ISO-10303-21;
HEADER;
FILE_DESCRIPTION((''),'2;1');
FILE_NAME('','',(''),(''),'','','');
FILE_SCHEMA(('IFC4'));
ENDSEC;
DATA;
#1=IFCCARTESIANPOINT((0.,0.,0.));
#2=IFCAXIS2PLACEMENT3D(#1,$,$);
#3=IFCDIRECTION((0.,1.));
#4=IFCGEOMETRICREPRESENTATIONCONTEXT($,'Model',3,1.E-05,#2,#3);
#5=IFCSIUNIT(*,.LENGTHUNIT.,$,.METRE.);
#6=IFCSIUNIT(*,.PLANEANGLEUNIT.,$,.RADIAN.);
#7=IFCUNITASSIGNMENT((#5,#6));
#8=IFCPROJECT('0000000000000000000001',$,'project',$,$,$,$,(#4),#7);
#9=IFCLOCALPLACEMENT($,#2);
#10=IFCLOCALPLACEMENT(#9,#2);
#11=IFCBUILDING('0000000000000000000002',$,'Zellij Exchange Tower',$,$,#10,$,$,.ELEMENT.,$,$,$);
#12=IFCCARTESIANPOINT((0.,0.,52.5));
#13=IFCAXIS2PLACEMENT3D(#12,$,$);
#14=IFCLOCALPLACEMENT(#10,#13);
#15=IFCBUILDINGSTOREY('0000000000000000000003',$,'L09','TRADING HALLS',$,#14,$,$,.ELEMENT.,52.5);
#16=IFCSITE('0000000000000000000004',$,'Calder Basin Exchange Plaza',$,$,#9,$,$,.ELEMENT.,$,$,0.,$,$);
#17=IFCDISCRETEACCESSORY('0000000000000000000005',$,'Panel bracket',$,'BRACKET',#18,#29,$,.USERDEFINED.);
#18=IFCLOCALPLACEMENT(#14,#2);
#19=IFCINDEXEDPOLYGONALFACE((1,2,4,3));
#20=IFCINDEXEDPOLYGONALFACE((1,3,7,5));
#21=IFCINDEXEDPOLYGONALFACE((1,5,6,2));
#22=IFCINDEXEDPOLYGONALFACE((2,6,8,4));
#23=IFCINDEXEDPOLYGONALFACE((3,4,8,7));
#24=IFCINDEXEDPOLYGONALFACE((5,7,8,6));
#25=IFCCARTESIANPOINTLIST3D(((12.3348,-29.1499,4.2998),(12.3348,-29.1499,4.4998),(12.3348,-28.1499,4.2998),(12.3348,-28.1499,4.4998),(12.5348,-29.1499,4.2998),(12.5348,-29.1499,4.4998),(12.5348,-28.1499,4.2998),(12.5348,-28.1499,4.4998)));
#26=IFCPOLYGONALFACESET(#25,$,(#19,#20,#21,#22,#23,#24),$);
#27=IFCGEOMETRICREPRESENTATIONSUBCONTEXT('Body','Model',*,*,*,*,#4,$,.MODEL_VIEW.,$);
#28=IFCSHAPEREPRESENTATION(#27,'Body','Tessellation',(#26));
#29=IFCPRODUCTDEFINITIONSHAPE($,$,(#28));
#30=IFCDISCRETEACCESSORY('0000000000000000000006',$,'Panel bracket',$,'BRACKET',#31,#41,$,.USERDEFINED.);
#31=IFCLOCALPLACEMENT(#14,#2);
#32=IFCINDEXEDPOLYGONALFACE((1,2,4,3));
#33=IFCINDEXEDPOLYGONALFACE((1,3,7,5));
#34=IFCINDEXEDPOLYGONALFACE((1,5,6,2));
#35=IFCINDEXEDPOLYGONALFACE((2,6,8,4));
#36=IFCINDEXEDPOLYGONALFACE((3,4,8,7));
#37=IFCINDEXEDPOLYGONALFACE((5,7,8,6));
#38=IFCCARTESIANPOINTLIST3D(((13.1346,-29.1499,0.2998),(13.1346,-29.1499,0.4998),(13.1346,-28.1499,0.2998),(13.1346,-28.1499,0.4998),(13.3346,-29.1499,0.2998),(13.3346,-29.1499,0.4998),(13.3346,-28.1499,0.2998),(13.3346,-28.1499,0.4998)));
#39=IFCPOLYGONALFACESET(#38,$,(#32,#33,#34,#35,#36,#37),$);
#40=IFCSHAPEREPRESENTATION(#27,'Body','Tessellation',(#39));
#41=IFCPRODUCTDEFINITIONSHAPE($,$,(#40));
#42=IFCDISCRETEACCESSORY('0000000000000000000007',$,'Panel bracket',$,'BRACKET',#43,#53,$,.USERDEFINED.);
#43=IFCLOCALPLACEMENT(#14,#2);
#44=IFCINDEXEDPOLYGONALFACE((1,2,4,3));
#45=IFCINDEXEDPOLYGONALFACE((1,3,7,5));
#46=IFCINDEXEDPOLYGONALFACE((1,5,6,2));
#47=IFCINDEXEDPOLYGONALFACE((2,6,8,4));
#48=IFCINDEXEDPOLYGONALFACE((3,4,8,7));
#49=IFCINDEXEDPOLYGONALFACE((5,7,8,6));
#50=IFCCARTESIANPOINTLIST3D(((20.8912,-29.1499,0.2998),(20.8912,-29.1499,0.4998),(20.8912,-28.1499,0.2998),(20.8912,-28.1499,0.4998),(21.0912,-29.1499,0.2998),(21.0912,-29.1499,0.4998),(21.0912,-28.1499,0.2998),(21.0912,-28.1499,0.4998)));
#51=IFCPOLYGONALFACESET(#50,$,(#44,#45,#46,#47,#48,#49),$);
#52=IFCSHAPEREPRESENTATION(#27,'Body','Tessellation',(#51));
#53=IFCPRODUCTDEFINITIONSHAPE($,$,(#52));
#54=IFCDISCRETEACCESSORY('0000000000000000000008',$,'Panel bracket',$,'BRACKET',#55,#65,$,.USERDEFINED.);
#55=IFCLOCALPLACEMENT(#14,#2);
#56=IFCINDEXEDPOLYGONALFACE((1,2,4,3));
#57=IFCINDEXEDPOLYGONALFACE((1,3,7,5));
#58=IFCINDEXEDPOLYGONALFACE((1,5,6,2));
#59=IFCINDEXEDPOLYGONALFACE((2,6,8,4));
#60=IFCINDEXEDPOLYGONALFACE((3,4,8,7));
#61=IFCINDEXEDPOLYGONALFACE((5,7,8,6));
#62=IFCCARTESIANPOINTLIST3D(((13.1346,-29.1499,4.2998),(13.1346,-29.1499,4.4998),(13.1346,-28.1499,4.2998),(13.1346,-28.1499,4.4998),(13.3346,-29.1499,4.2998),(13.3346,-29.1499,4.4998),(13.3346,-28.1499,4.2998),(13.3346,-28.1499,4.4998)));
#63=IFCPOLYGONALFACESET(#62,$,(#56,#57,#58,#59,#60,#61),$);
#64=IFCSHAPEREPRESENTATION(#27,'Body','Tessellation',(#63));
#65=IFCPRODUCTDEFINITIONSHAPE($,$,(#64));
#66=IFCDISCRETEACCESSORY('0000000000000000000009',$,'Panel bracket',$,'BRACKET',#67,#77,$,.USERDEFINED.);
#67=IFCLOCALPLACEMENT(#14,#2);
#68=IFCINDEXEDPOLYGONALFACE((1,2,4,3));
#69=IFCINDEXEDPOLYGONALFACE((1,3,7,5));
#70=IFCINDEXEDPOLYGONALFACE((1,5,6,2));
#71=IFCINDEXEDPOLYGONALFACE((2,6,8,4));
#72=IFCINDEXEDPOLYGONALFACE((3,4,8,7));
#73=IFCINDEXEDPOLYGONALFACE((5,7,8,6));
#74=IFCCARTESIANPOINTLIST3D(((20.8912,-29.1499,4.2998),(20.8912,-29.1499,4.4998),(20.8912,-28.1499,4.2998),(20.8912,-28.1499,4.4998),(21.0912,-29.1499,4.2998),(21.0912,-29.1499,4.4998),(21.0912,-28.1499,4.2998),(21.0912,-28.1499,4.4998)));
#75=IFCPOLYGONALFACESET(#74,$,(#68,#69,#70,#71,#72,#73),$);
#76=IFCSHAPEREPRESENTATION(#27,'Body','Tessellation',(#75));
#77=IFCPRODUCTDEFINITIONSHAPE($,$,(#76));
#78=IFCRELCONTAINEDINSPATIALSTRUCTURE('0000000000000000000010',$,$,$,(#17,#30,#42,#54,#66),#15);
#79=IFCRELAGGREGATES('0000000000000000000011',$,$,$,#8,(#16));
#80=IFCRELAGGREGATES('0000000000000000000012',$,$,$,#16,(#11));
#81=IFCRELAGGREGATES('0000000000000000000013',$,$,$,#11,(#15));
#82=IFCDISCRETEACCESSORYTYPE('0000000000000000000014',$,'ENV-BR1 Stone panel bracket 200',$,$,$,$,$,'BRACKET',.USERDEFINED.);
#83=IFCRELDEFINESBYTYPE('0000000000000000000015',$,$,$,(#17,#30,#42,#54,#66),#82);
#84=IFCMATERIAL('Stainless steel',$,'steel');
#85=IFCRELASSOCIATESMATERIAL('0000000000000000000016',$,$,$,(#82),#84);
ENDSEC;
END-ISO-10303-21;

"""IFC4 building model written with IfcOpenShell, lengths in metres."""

from ifc_helpers import new_model, si_unit, direction, frame, origin, origin_2d, place, context, subcontext, project, spatial, rectangle, extrude, material, type_object, element, save


model = new_model("IFC4")

# Units and contexts
model_context = context("Model", 3, precision=1e-05, world=origin(), true_north=direction((0.0, 1.0)))
body_context = subcontext(model_context, "Body", "Model", "MODEL_VIEW")
ifc_project = project(units=[si_unit("LENGTHUNIT", "METRE"), si_unit("PLANEANGLEUNIT", "RADIAN")], contexts=[model_context])

# Site, building, storey
site_placement = place(None, origin())
site = spatial("IfcSite", under=ifc_project, at=site_placement, Name="Calder Basin Exchange Plaza", CompositionType="ELEMENT", RefElevation=0.0)
building_placement = place(site_placement, origin())
building = spatial("IfcBuilding", under=site, at=building_placement, Name="Zellij Exchange Tower", CompositionType="ELEMENT")
storey_placement = place(building_placement, frame((0.0, 0.0, 52.5)))
storey = spatial("IfcBuildingStorey", under=building, at=storey_placement, Name="L09", Description="TRADING HALLS", CompositionType="ELEMENT", Elevation=52.5)

# Discrete accessories
ifc_material_1 = material(Name="Stainless steel", Category="steel")
discrete_accessory_type = type_object("IfcDiscreteAccessoryType", Name="ENV-BR1 Stone panel bracket 200", ElementType="BRACKET", PredefinedType="USERDEFINED", material=ifc_material_1)
for number, where, z_axis, x_axis, name in (
    (1, (12.4348, -28.6499, 4.2998), (0.0, 0.0, 1.0), (1.0, 0.0, 0.0), "Panel bracket"),
    (2, (13.2346, -28.6499, 0.2998), (0.0, 0.0, 1.0), (1.0, 0.0, 0.0), "Panel bracket"),
    (3, (20.9912, -28.6499, 0.2998), (0.0, 0.0, 1.0), (1.0, 0.0, 0.0), "Panel bracket"),
    (4, (13.2346, -28.6499, 4.2998), (0.0, 0.0, 1.0), (1.0, 0.0, 0.0), "Panel bracket"),
    (5, (20.9912, -28.6499, 4.2998), (0.0, 0.0, 1.0), (1.0, 0.0, 0.0), "Panel bracket"),
):
    element("IfcDiscreteAccessory", number, at=place(storey_placement, frame(where, z_axis=z_axis, x_axis=x_axis)), inside=storey, type_object=discrete_accessory_type, Name=name, ObjectType="BRACKET", PredefinedType="USERDEFINED", context=body_context, shape_type="SweptSolid", body=[
        extrude(rectangle(XDim=0.2, YDim=1.0, at=origin_2d()), origin(), (0.0, 0.0, 1.0), 0.2),
    ])

save(model, "model.ifc")
